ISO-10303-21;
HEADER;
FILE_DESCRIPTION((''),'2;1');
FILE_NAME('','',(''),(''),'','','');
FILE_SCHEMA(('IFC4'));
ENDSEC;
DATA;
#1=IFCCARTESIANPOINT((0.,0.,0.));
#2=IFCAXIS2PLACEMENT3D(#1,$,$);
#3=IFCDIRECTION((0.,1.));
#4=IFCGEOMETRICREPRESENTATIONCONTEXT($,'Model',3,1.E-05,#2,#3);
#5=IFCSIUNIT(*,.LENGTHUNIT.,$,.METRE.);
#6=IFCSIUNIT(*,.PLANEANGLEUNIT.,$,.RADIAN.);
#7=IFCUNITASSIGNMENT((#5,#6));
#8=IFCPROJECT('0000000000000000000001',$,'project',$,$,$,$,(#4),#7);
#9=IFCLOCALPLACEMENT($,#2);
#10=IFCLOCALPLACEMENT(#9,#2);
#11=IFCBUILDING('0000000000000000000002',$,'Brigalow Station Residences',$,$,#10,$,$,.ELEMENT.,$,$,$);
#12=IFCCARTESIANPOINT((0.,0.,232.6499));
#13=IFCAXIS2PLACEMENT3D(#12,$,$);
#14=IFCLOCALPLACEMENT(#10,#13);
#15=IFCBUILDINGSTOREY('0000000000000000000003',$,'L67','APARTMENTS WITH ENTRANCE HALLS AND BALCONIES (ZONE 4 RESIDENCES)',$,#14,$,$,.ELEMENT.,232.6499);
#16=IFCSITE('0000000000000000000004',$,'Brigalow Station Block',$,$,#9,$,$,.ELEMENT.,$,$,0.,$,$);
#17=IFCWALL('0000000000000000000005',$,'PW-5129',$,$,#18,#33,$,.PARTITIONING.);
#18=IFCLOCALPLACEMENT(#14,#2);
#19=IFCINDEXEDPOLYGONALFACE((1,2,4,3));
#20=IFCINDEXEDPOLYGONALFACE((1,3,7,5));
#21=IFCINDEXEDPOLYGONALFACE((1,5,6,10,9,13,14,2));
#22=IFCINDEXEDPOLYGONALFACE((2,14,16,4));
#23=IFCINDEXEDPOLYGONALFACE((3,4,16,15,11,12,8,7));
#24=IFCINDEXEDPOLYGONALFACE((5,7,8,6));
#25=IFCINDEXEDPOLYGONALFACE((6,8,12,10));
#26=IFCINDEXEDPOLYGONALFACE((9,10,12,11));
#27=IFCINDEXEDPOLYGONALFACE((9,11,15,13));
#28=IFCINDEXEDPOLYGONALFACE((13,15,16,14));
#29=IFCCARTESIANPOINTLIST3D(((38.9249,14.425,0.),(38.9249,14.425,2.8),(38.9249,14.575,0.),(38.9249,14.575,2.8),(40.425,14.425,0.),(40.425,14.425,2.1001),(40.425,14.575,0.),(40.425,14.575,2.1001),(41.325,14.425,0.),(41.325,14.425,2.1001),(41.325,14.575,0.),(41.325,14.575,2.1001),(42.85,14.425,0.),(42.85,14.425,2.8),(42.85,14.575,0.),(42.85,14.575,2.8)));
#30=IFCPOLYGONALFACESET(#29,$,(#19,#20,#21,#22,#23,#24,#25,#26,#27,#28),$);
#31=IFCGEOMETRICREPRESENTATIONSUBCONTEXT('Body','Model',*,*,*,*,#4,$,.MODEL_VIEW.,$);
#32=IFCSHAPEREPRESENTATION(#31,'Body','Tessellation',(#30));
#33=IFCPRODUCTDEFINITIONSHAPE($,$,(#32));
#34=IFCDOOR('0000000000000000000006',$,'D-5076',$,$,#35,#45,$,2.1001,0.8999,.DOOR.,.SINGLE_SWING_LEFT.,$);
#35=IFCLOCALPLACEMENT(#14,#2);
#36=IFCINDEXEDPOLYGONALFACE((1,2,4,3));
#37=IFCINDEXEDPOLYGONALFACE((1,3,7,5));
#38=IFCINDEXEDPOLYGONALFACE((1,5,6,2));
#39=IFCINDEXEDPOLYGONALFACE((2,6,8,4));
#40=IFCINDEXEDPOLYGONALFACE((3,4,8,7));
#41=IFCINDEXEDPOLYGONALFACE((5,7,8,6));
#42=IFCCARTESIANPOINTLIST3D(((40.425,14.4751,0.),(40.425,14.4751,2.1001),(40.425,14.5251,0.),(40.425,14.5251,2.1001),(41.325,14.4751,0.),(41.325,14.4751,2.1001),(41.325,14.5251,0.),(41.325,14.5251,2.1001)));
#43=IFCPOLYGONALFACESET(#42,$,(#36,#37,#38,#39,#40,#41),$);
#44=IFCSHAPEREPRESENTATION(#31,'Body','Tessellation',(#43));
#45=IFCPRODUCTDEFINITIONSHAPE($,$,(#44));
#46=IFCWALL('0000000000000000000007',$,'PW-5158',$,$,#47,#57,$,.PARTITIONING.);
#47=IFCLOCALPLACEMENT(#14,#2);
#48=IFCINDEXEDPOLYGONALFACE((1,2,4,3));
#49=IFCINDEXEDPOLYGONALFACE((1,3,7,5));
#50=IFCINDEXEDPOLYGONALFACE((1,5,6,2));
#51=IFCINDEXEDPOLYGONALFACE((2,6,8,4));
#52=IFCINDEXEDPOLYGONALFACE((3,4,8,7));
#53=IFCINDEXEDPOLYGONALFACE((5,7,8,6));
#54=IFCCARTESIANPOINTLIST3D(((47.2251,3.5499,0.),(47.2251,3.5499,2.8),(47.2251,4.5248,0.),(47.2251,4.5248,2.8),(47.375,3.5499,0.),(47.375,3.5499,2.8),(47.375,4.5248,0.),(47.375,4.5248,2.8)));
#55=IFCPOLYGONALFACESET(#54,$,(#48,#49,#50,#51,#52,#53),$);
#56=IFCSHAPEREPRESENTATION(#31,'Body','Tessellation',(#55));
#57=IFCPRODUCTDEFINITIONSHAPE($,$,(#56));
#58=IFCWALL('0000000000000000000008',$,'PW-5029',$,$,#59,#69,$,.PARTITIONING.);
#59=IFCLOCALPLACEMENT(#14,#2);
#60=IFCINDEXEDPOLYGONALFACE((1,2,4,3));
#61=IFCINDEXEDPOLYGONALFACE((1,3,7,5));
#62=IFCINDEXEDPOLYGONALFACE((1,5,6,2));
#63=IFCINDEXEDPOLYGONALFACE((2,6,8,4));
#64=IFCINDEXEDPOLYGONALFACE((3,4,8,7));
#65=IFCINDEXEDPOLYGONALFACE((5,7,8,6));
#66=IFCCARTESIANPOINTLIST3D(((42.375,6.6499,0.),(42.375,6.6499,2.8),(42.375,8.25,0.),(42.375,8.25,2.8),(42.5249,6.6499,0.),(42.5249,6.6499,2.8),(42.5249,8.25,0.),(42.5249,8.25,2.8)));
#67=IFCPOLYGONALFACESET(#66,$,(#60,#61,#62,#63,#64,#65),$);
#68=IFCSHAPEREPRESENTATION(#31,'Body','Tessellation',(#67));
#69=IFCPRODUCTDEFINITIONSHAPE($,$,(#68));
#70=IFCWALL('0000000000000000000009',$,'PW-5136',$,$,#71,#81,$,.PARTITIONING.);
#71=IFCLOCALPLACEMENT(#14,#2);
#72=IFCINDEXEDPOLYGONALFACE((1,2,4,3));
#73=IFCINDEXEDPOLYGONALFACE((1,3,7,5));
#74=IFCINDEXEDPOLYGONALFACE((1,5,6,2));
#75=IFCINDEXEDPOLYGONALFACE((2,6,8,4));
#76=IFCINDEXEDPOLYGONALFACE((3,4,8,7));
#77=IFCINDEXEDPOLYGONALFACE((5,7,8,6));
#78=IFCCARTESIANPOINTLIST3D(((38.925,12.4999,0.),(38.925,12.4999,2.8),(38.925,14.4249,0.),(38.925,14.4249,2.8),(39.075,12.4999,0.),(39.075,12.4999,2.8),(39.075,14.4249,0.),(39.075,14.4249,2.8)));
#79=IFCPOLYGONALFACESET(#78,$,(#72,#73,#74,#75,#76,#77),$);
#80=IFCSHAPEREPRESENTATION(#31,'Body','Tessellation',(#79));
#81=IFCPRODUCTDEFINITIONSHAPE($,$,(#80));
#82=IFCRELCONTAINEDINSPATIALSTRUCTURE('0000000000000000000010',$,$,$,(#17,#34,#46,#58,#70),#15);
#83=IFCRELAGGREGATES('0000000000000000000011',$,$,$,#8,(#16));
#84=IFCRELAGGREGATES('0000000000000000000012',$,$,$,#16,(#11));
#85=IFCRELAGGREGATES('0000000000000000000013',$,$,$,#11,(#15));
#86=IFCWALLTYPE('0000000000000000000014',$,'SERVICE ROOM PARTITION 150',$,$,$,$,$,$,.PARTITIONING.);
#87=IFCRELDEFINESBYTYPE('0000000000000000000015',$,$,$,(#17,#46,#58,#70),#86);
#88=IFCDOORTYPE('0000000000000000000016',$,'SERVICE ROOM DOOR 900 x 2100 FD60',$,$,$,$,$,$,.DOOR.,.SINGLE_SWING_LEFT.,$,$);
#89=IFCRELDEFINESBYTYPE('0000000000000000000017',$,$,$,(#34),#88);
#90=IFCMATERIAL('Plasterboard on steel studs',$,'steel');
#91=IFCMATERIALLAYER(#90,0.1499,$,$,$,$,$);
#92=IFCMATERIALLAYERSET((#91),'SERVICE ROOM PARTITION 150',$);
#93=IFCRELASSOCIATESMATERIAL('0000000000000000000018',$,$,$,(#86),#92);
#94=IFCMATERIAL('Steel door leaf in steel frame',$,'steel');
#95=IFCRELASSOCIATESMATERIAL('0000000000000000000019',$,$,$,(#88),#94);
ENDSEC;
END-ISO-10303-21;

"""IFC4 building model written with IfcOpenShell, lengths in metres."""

from ifc_helpers import new_model, si_unit, direction, frame, frame_2d, origin, place, context, subcontext, project, spatial, rectangle, extrude, material, layer, layer_set, type_object, element, fill, save


model = new_model("IFC4")

# Units and contexts
model_context = context("Model", 3, precision=1e-05, world=origin(), true_north=direction((0.0, 1.0)))
body_context = subcontext(model_context, "Body", "Model", "MODEL_VIEW")
ifc_project = project(units=[si_unit("LENGTHUNIT", "METRE"), si_unit("PLANEANGLEUNIT", "RADIAN")], contexts=[model_context])

# Site, building, storey
site_placement = place(None, origin())
site = spatial("IfcSite", under=ifc_project, at=site_placement, Name="Brigalow Station Block", CompositionType="ELEMENT", RefElevation=0.0)
building_placement = place(site_placement, origin())
building = spatial("IfcBuilding", under=site, at=building_placement, Name="Brigalow Station Residences", CompositionType="ELEMENT")
storey_placement = place(building_placement, frame((0.0, 0.0, 232.6499)))
storey = spatial("IfcBuildingStorey", under=building, at=storey_placement, Name="L67", Description="APARTMENTS WITH ENTRANCE HALLS AND BALCONIES (ZONE 4 RESIDENCES)", CompositionType="ELEMENT", Elevation=232.6499)

# Wall, opening, door
ifc_material_1 = material(Name="Plasterboard on steel studs", Category="steel")
ifc_layer_1 = layer(ifc_material_1, 0.1499)
ifc_layer_set_1 = layer_set([ifc_layer_1], Name="SERVICE ROOM PARTITION 150")
wall_type_1 = type_object("IfcWallType", Name="SERVICE ROOM PARTITION 150", PredefinedType="PARTITIONING", material=ifc_layer_set_1)
ifc_material_2 = material(Name="Steel door leaf in steel frame", Category="steel")
door_type_1 = type_object("IfcDoorType", Name="SERVICE ROOM DOOR 900 x 2100 FD60", OperationType="SINGLE_SWING_LEFT", PredefinedType="DOOR", material=ifc_material_2)
wall_1_placement = place(storey_placement, frame((38.925, 14.5, 0.0), z_axis=(0.0, 0.0, 1.0), x_axis=(1.0, 0.0, 0.0)))
wall_1 = element("IfcWall", 1, at=wall_1_placement, inside=storey, type_object=wall_type_1, Name="PW-5129", PredefinedType="PARTITIONING", context=body_context, shape_type="SweptSolid", body=[
    extrude(rectangle(XDim=3.925, YDim=0.1499, at=frame_2d((1.9624, 0.0))), origin(), (0.0, 0.0, 1.0), 2.8),
])
opening_1_placement = place(wall_1_placement, frame((1.5, 0.0, 0.0)))
opening_1 = element("IfcOpeningElement", 2, at=opening_1_placement, cuts=wall_1, PredefinedType="OPENING", context=body_context, shape_type="SweptSolid", body=[
    extrude(rectangle(XDim=0.8999, YDim=2.1001, at=frame_2d((0.45, 1.05))), frame((0.0, 0.085, 0.0), z_axis=(0.0, -1.0, 0.0), x_axis=(1.0, 0.0, 0.0)), (0.0, 0.0, 1.0), 0.1699),
])
door_1_placement = place(opening_1_placement, frame((0.8999, 0.0, 0.0), z_axis=(0.0, 0.0, 1.0), x_axis=(-1.0, 0.0, 0.0)))
door_1 = element("IfcDoor", 3, at=door_1_placement, inside=storey, type_object=door_type_1, Name="D-5076", OperationType="SINGLE_SWING_LEFT", OverallHeight=2.1001, OverallWidth=0.8999, PredefinedType="DOOR", context=body_context, shape_type="SweptSolid", body=[
    extrude(rectangle(XDim=0.8999, YDim=2.1001, at=frame_2d((0.45, 1.05))), frame((0.0, 0.0249, 0.0), z_axis=(0.0, -1.0, 0.0), x_axis=(1.0, 0.0, 0.0)), (0.0, 0.0, 1.0), 0.05),
])
fill(opening_1, door_1)

# Walls
wall_2_placement = place(storey_placement, frame((47.3, 3.55, 0.0), z_axis=(0.0, 0.0, 1.0), x_axis=(0.0, 1.0, 0.0)))
element("IfcWall", 4, at=wall_2_placement, inside=storey, type_object=wall_type_1, Name="PW-5158", PredefinedType="PARTITIONING", context=body_context, shape_type="SweptSolid", body=[
    extrude(rectangle(XDim=0.9749, YDim=0.1499, at=frame_2d((0.4873, 0.0))), origin(), (0.0, 0.0, 1.0), 2.8),
])
wall_3_placement = place(storey_placement, frame((42.45, 6.6499, 0.0), z_axis=(0.0, 0.0, 1.0), x_axis=(0.0, 1.0, 0.0)))
element("IfcWall", 5, at=wall_3_placement, inside=storey, type_object=wall_type_1, Name="PW-5029", PredefinedType="PARTITIONING", context=body_context, shape_type="SweptSolid", body=[
    extrude(rectangle(XDim=1.6001, YDim=0.1499, at=frame_2d((0.8, 0.0))), origin(), (0.0, 0.0, 1.0), 2.8),
])
wall_4_placement = place(storey_placement, frame((39.0, 12.5, 0.0), z_axis=(0.0, 0.0, 1.0), x_axis=(0.0, 1.0, 0.0)))
element("IfcWall", 6, at=wall_4_placement, inside=storey, type_object=wall_type_1, Name="PW-5136", PredefinedType="PARTITIONING", context=body_context, shape_type="SweptSolid", body=[
    extrude(rectangle(XDim=1.925, YDim=0.1499, at=frame_2d((0.9624, 0.0))), origin(), (0.0, 0.0, 1.0), 2.8),
])

save(model, "model.ifc")
